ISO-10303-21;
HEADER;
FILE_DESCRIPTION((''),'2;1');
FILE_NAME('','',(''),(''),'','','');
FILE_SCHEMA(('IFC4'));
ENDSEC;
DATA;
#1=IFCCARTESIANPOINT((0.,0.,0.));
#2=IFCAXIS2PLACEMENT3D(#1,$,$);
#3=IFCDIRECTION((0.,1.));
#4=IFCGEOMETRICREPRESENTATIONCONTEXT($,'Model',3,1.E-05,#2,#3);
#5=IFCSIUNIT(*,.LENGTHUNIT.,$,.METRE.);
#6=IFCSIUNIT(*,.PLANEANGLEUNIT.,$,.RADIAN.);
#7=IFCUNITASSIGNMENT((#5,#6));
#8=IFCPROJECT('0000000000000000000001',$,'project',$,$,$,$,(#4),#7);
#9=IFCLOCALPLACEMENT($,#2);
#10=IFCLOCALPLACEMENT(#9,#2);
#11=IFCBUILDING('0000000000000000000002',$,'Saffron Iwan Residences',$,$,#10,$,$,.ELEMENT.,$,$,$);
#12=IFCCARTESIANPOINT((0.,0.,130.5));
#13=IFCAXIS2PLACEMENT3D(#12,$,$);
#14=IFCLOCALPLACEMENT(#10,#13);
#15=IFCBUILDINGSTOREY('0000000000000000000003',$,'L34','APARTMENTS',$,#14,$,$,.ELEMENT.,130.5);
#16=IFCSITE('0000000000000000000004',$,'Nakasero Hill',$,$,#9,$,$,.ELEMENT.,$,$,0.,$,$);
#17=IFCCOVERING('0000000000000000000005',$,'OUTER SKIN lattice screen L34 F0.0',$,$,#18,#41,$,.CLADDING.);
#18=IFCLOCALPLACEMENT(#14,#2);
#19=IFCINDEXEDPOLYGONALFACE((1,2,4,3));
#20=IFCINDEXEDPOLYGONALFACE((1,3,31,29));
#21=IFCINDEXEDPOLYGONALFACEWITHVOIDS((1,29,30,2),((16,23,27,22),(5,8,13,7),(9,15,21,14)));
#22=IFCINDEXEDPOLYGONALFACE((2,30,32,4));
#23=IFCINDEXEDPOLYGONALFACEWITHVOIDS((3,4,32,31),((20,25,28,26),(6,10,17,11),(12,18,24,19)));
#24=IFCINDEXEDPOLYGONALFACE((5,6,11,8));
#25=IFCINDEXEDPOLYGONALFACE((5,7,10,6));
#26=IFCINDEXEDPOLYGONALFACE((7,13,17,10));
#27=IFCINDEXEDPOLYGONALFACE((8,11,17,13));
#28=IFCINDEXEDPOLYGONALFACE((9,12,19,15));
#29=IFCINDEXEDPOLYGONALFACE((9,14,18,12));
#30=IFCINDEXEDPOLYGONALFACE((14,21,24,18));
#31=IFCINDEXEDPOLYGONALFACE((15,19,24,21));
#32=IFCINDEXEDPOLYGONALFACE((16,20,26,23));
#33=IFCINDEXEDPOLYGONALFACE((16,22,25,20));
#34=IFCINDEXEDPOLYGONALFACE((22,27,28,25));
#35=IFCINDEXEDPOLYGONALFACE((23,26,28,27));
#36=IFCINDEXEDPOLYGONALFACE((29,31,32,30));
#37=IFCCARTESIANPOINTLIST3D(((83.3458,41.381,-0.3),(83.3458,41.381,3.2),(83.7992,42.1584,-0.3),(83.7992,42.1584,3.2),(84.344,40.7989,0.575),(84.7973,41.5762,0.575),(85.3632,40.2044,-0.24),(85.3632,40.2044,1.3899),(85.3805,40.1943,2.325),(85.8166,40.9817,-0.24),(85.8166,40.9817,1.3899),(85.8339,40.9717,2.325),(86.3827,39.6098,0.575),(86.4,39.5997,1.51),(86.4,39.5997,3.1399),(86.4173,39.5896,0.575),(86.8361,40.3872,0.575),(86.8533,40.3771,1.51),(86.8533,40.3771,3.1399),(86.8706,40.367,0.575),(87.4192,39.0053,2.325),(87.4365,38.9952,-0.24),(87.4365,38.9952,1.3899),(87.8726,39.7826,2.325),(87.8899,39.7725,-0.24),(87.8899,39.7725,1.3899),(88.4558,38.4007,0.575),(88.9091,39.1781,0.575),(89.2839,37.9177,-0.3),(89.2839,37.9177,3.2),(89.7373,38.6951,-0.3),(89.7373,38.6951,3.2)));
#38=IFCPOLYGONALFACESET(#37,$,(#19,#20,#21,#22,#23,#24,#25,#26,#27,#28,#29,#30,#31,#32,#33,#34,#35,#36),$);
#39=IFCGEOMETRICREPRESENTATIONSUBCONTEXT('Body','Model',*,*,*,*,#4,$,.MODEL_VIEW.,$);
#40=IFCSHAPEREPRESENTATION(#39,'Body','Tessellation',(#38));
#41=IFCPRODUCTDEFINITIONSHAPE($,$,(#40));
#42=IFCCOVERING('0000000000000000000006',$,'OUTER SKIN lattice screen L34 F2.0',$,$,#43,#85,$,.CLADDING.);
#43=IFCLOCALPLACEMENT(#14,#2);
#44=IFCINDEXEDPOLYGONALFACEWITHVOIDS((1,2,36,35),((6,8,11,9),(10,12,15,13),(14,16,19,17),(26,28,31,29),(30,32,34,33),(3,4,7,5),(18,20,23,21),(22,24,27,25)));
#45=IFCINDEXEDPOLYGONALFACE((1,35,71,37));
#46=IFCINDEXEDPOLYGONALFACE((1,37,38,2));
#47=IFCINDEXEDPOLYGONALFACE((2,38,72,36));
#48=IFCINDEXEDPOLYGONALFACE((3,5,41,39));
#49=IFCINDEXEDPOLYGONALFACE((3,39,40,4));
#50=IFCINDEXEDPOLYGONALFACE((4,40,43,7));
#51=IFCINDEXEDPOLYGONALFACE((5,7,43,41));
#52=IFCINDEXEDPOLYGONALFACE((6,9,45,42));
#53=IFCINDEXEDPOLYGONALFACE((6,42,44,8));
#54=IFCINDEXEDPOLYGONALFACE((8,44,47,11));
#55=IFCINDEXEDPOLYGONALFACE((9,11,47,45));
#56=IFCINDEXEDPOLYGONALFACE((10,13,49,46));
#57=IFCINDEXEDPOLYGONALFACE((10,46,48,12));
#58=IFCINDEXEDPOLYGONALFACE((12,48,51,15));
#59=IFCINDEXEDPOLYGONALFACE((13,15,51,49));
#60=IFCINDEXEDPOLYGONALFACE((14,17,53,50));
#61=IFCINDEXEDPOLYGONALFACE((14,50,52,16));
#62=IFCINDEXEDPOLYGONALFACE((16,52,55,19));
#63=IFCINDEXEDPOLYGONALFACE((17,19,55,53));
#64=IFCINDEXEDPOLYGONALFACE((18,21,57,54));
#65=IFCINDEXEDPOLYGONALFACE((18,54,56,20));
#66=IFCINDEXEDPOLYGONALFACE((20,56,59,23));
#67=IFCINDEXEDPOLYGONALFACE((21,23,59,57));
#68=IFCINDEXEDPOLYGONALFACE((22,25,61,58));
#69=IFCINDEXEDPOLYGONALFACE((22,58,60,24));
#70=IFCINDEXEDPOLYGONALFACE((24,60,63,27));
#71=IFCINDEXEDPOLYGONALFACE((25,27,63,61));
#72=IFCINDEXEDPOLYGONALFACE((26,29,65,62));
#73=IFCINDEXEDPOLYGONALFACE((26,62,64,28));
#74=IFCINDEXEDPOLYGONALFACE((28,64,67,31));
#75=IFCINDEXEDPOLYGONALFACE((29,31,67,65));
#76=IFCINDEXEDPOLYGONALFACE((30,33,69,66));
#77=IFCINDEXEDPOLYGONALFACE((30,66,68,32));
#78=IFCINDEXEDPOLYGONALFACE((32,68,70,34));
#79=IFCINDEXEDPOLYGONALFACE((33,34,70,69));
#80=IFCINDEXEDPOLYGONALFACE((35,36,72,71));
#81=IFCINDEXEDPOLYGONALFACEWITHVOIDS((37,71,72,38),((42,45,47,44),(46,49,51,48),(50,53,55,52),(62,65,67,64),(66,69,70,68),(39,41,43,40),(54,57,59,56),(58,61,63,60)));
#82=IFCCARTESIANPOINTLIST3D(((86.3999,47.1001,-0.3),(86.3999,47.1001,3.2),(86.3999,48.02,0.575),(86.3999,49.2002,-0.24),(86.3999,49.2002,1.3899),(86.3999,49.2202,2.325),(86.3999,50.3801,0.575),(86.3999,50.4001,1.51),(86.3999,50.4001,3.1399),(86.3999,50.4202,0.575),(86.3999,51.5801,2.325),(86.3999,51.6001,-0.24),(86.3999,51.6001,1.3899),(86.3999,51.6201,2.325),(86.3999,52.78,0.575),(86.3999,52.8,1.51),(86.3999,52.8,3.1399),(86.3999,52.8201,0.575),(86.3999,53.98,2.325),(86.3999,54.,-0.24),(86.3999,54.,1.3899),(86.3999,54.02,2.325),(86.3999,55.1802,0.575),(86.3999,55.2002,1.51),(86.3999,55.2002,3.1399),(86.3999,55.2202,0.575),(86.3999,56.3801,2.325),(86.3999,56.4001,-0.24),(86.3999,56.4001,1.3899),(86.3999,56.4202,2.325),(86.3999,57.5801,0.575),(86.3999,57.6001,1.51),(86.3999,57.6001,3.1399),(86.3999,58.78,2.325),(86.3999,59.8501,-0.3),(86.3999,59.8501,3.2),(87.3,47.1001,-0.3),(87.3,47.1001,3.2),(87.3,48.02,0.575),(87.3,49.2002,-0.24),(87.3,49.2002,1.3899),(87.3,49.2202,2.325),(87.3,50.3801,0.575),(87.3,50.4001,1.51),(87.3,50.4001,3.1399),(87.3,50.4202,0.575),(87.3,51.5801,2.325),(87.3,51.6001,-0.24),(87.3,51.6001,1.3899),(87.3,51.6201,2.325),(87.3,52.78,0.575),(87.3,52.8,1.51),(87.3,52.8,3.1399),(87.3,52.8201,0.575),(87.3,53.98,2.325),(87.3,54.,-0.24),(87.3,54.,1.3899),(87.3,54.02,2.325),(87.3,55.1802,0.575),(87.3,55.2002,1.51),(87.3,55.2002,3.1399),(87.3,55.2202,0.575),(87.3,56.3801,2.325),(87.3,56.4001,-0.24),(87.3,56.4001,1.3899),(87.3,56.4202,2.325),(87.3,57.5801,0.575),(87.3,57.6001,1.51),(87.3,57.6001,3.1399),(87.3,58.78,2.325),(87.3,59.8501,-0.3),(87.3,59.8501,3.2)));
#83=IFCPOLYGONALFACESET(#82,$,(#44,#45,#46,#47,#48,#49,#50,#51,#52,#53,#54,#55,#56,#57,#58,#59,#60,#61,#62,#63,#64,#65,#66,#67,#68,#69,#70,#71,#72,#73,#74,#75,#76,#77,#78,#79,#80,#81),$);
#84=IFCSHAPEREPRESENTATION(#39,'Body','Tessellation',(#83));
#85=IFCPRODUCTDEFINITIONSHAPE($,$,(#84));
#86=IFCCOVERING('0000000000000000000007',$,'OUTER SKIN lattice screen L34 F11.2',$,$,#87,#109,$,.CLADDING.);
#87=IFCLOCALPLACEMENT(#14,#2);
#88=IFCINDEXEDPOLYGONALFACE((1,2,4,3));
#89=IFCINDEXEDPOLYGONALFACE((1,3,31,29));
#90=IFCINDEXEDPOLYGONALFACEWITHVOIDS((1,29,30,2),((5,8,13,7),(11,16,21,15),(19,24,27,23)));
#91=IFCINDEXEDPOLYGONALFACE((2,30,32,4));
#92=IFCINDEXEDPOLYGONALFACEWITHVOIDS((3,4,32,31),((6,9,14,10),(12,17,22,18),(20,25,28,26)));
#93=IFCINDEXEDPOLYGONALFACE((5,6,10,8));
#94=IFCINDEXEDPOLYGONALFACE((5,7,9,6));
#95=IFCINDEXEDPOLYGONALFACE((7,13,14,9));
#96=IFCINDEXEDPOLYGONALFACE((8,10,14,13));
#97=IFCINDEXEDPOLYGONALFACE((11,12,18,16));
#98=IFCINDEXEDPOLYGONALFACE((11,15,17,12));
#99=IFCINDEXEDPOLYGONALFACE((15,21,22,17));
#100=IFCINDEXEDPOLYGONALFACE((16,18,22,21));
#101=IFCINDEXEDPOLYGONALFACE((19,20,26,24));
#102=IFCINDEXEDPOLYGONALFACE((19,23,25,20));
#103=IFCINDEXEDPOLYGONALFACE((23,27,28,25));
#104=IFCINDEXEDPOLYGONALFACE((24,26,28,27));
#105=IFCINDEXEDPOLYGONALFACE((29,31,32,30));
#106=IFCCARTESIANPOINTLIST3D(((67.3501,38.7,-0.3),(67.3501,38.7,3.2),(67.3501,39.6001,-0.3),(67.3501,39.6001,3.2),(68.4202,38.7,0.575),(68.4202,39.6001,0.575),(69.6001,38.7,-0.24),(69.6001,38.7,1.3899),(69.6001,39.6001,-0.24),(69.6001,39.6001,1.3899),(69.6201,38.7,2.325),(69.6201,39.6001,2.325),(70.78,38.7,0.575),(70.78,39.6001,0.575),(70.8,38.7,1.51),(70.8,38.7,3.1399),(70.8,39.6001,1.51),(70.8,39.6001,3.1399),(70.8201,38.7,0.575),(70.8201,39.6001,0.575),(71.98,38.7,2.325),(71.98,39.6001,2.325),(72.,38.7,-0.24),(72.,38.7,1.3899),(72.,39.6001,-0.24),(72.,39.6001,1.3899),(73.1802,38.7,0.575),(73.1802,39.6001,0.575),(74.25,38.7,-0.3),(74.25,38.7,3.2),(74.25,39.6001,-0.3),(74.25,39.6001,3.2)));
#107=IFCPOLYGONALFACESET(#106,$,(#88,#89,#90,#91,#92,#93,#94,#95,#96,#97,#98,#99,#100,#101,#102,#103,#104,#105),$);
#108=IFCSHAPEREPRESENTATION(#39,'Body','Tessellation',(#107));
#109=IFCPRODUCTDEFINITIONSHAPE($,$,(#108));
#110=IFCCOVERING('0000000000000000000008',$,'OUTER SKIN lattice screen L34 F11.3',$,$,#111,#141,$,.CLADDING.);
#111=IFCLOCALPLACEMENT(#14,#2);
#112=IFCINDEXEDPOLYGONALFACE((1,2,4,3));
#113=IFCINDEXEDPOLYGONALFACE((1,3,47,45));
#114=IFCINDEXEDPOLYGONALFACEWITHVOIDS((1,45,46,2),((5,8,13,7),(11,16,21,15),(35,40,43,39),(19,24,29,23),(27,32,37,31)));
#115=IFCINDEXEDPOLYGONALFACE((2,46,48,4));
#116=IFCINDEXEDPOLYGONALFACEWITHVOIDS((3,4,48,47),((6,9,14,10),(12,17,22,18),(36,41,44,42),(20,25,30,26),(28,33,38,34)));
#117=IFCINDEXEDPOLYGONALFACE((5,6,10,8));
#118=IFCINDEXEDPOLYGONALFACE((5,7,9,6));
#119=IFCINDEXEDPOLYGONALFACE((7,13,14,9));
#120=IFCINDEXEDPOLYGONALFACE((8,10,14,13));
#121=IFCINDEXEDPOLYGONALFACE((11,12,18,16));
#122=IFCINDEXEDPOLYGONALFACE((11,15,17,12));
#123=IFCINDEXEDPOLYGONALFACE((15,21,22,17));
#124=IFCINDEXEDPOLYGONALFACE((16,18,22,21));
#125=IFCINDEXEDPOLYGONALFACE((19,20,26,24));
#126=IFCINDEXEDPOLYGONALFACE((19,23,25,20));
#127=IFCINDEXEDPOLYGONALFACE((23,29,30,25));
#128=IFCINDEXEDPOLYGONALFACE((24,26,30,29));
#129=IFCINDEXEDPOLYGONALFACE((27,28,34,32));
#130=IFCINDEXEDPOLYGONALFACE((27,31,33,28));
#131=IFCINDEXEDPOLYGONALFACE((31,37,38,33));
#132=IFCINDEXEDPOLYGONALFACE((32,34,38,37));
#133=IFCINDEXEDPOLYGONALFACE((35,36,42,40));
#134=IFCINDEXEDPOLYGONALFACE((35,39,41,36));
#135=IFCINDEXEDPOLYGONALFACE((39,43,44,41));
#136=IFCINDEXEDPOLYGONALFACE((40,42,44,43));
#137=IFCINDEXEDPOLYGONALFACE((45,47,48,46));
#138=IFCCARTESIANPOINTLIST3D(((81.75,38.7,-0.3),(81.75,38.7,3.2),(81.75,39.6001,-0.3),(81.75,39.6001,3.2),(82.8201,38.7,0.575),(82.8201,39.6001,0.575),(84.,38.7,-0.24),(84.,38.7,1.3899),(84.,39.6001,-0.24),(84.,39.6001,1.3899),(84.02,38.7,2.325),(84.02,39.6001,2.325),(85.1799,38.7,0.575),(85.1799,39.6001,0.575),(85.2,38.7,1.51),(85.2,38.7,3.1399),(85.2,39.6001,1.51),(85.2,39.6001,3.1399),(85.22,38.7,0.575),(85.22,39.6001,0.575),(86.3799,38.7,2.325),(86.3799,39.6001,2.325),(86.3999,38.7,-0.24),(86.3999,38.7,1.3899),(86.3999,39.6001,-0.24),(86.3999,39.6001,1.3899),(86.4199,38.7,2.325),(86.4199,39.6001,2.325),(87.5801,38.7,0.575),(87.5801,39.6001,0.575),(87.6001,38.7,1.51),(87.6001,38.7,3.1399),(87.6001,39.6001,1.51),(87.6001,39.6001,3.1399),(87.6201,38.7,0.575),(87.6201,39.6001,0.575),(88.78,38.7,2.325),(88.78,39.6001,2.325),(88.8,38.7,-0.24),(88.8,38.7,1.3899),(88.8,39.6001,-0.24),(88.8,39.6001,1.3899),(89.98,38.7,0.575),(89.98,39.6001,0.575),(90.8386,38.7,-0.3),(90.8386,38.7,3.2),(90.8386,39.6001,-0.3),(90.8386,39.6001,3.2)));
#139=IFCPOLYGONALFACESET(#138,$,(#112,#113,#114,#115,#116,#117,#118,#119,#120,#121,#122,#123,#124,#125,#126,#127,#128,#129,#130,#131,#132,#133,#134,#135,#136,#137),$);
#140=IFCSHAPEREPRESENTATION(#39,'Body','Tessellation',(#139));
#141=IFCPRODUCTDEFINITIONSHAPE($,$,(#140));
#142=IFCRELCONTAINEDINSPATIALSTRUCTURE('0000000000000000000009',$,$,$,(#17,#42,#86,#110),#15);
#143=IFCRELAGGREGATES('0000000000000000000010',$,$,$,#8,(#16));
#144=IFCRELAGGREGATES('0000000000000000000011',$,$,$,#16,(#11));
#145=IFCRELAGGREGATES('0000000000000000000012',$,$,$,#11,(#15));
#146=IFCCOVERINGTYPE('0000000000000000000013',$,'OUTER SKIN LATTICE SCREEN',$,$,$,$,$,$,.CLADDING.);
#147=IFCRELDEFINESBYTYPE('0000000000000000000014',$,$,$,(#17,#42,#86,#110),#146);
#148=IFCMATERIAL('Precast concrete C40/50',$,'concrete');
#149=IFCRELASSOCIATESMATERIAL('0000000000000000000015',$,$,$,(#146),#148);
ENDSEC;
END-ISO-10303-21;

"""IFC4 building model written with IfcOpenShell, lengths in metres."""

from ifc_helpers import new_model, si_unit, direction, frame, origin, place, context, subcontext, project, spatial, polyline, outline, extrude, material, type_object, element, save


model = new_model("IFC4")

# Units and contexts
model_context = context("Model", 3, precision=1e-05, world=origin(), true_north=direction((0.0, 1.0)))
body_context = subcontext(model_context, "Body", "Model", "MODEL_VIEW")
ifc_project = project(units=[si_unit("LENGTHUNIT", "METRE"), si_unit("PLANEANGLEUNIT", "RADIAN")], contexts=[model_context])

# Site, building, storey
site_placement = place(None, origin())
site = spatial("IfcSite", under=ifc_project, at=site_placement, Name="Nakasero Hill", CompositionType="ELEMENT", RefElevation=0.0)
building_placement = place(site_placement, origin())
building = spatial("IfcBuilding", under=site, at=building_placement, Name="Saffron Iwan Residences", CompositionType="ELEMENT")
storey_placement = place(building_placement, frame((0.0, 0.0, 130.5)))
storey = spatial("IfcBuildingStorey", under=building, at=storey_placement, Name="L34", Description="APARTMENTS", CompositionType="ELEMENT", Elevation=130.5)

# Coverings
ifc_material_1 = material(Name="Precast concrete C40/50", Category="concrete")
covering_type = type_object("IfcCoveringType", Name="OUTER SKIN LATTICE SCREEN", PredefinedType="CLADDING", material=ifc_material_1)
covering_1_placement = place(storey_placement, frame((89.2839, 37.9177, -0.3), z_axis=(0.503804, 0.863818, 0.0), x_axis=(-0.863818, 0.503804, 0.0)))
element("IfcCovering", 1, at=covering_1_placement, inside=storey, type_object=covering_type, Name="OUTER SKIN lattice screen L34 F0.0", PredefinedType="CLADDING", context=body_context, shape_type="SweptSolid", body=[
    extrude(outline(polyline([(0.0, 0.0), (6.8743, 0.0), (6.8743, 3.5), (0.0, 3.5), (0.0, 0.0)]), holes=[polyline([(0.9587, 0.875), (2.1387, 0.0601), (3.3186, 0.875), (2.1387, 1.6899), (0.9587, 0.875)]), polyline([(3.3586, 0.875), (4.5388, 0.0601), (5.7188, 0.875), (4.5388, 1.6899), (3.3586, 0.875)]), polyline([(2.1587, 2.625), (3.3386, 1.8101), (4.5188, 2.625), (3.3386, 3.4399), (2.1587, 2.625)])]), origin(), (0.0, 0.0, 1.0), 0.8999),
])
covering_2_placement = place(storey_placement, frame((86.3999, 47.1001, -0.3), z_axis=(1.0, 0.0, 0.0), x_axis=(0.0, 1.0, 0.0)))
element("IfcCovering", 2, at=covering_2_placement, inside=storey, type_object=covering_type, Name="OUTER SKIN lattice screen L34 F2.0", PredefinedType="CLADDING", context=body_context, shape_type="SweptSolid", body=[
    extrude(outline(polyline([(0.0, 0.0), (12.75, 0.0), (12.75, 3.5), (0.0, 3.5), (0.0, 0.0)]), holes=[polyline([(0.9199, 0.875), (2.1001, 0.0601), (3.28, 0.875), (2.1001, 1.6899), (0.9199, 0.875)]), polyline([(3.3201, 0.875), (4.5, 0.0601), (5.6799, 0.875), (4.5, 1.6899), (3.3201, 0.875)]), polyline([(5.72, 0.875), (6.8999, 0.0601), (8.0801, 0.875), (6.8999, 1.6899), (5.72, 0.875)]), polyline([(8.1201, 0.875), (9.3, 0.0601), (10.48, 0.875), (9.3, 1.6899), (8.1201, 0.875)]), polyline([(2.1201, 2.625), (3.3, 1.8101), (4.48, 2.625), (3.3, 3.4399), (2.1201, 2.625)]), polyline([(4.52, 2.625), (5.7, 1.8101), (6.8799, 2.625), (5.7, 3.4399), (4.52, 2.625)]), polyline([(6.9199, 2.625), (8.1001, 1.8101), (9.28, 2.625), (8.1001, 3.4399), (6.9199, 2.625)]), polyline([(9.3201, 2.625), (10.5, 1.8101), (11.6799, 2.625), (10.5, 3.4399), (9.3201, 2.625)])]), origin(), (0.0, 0.0, 1.0), 0.9001),
])
covering_3_placement = place(storey_placement, frame((67.3501, 39.6001, -0.3), z_axis=(0.0, -1.0, 0.0), x_axis=(1.0, 0.0, 0.0)))
element("IfcCovering", 3, at=covering_3_placement, inside=storey, type_object=covering_type, Name="OUTER SKIN lattice screen L34 F11.2", PredefinedType="CLADDING", context=body_context, shape_type="SweptSolid", body=[
    extrude(outline(polyline([(0.0, 0.0), (6.8999, 0.0), (6.8999, 3.5), (0.0, 3.5), (0.0, 0.0)]), holes=[polyline([(1.0701, 0.875), (2.25, 0.0601), (3.4299, 0.875), (2.25, 1.6899), (1.0701, 0.875)]), polyline([(3.47, 0.875), (4.6499, 0.0601), (5.8301, 0.875), (4.6499, 1.6899), (3.47, 0.875)]), polyline([(2.27, 2.625), (3.45, 1.8101), (4.6299, 2.625), (3.45, 3.4399), (2.27, 2.625)])]), origin(), (0.0, 0.0, 1.0), 0.9001),
])
covering_4_placement = place(storey_placement, frame((81.75, 39.6001, -0.3), z_axis=(0.0, -1.0, 0.0), x_axis=(1.0, 0.0, 0.0)))
element("IfcCovering", 4, at=covering_4_placement, inside=storey, type_object=covering_type, Name="OUTER SKIN lattice screen L34 F11.3", PredefinedType="CLADDING", context=body_context, shape_type="SweptSolid", body=[
    extrude(outline(polyline([(0.0, 0.0), (9.0886, 0.0), (9.0886, 3.5), (0.0, 3.5), (0.0, 0.0)]), holes=[polyline([(1.0701, 0.875), (2.25, 0.0601), (3.4299, 0.875), (2.25, 1.6899), (1.0701, 0.875)]), polyline([(3.47, 0.875), (4.6499, 0.0601), (5.8301, 0.875), (4.6499, 1.6899), (3.47, 0.875)]), polyline([(5.8701, 0.875), (7.05, 0.0601), (8.23, 0.875), (7.05, 1.6899), (5.8701, 0.875)]), polyline([(2.27, 2.625), (3.45, 1.8101), (4.6299, 2.625), (3.45, 3.4399), (2.27, 2.625)]), polyline([(4.6699, 2.625), (5.8501, 1.8101), (7.03, 2.625), (5.8501, 3.4399), (4.6699, 2.625)])]), origin(), (0.0, 0.0, 1.0), 0.9001),
])

save(model, "model.ifc")
